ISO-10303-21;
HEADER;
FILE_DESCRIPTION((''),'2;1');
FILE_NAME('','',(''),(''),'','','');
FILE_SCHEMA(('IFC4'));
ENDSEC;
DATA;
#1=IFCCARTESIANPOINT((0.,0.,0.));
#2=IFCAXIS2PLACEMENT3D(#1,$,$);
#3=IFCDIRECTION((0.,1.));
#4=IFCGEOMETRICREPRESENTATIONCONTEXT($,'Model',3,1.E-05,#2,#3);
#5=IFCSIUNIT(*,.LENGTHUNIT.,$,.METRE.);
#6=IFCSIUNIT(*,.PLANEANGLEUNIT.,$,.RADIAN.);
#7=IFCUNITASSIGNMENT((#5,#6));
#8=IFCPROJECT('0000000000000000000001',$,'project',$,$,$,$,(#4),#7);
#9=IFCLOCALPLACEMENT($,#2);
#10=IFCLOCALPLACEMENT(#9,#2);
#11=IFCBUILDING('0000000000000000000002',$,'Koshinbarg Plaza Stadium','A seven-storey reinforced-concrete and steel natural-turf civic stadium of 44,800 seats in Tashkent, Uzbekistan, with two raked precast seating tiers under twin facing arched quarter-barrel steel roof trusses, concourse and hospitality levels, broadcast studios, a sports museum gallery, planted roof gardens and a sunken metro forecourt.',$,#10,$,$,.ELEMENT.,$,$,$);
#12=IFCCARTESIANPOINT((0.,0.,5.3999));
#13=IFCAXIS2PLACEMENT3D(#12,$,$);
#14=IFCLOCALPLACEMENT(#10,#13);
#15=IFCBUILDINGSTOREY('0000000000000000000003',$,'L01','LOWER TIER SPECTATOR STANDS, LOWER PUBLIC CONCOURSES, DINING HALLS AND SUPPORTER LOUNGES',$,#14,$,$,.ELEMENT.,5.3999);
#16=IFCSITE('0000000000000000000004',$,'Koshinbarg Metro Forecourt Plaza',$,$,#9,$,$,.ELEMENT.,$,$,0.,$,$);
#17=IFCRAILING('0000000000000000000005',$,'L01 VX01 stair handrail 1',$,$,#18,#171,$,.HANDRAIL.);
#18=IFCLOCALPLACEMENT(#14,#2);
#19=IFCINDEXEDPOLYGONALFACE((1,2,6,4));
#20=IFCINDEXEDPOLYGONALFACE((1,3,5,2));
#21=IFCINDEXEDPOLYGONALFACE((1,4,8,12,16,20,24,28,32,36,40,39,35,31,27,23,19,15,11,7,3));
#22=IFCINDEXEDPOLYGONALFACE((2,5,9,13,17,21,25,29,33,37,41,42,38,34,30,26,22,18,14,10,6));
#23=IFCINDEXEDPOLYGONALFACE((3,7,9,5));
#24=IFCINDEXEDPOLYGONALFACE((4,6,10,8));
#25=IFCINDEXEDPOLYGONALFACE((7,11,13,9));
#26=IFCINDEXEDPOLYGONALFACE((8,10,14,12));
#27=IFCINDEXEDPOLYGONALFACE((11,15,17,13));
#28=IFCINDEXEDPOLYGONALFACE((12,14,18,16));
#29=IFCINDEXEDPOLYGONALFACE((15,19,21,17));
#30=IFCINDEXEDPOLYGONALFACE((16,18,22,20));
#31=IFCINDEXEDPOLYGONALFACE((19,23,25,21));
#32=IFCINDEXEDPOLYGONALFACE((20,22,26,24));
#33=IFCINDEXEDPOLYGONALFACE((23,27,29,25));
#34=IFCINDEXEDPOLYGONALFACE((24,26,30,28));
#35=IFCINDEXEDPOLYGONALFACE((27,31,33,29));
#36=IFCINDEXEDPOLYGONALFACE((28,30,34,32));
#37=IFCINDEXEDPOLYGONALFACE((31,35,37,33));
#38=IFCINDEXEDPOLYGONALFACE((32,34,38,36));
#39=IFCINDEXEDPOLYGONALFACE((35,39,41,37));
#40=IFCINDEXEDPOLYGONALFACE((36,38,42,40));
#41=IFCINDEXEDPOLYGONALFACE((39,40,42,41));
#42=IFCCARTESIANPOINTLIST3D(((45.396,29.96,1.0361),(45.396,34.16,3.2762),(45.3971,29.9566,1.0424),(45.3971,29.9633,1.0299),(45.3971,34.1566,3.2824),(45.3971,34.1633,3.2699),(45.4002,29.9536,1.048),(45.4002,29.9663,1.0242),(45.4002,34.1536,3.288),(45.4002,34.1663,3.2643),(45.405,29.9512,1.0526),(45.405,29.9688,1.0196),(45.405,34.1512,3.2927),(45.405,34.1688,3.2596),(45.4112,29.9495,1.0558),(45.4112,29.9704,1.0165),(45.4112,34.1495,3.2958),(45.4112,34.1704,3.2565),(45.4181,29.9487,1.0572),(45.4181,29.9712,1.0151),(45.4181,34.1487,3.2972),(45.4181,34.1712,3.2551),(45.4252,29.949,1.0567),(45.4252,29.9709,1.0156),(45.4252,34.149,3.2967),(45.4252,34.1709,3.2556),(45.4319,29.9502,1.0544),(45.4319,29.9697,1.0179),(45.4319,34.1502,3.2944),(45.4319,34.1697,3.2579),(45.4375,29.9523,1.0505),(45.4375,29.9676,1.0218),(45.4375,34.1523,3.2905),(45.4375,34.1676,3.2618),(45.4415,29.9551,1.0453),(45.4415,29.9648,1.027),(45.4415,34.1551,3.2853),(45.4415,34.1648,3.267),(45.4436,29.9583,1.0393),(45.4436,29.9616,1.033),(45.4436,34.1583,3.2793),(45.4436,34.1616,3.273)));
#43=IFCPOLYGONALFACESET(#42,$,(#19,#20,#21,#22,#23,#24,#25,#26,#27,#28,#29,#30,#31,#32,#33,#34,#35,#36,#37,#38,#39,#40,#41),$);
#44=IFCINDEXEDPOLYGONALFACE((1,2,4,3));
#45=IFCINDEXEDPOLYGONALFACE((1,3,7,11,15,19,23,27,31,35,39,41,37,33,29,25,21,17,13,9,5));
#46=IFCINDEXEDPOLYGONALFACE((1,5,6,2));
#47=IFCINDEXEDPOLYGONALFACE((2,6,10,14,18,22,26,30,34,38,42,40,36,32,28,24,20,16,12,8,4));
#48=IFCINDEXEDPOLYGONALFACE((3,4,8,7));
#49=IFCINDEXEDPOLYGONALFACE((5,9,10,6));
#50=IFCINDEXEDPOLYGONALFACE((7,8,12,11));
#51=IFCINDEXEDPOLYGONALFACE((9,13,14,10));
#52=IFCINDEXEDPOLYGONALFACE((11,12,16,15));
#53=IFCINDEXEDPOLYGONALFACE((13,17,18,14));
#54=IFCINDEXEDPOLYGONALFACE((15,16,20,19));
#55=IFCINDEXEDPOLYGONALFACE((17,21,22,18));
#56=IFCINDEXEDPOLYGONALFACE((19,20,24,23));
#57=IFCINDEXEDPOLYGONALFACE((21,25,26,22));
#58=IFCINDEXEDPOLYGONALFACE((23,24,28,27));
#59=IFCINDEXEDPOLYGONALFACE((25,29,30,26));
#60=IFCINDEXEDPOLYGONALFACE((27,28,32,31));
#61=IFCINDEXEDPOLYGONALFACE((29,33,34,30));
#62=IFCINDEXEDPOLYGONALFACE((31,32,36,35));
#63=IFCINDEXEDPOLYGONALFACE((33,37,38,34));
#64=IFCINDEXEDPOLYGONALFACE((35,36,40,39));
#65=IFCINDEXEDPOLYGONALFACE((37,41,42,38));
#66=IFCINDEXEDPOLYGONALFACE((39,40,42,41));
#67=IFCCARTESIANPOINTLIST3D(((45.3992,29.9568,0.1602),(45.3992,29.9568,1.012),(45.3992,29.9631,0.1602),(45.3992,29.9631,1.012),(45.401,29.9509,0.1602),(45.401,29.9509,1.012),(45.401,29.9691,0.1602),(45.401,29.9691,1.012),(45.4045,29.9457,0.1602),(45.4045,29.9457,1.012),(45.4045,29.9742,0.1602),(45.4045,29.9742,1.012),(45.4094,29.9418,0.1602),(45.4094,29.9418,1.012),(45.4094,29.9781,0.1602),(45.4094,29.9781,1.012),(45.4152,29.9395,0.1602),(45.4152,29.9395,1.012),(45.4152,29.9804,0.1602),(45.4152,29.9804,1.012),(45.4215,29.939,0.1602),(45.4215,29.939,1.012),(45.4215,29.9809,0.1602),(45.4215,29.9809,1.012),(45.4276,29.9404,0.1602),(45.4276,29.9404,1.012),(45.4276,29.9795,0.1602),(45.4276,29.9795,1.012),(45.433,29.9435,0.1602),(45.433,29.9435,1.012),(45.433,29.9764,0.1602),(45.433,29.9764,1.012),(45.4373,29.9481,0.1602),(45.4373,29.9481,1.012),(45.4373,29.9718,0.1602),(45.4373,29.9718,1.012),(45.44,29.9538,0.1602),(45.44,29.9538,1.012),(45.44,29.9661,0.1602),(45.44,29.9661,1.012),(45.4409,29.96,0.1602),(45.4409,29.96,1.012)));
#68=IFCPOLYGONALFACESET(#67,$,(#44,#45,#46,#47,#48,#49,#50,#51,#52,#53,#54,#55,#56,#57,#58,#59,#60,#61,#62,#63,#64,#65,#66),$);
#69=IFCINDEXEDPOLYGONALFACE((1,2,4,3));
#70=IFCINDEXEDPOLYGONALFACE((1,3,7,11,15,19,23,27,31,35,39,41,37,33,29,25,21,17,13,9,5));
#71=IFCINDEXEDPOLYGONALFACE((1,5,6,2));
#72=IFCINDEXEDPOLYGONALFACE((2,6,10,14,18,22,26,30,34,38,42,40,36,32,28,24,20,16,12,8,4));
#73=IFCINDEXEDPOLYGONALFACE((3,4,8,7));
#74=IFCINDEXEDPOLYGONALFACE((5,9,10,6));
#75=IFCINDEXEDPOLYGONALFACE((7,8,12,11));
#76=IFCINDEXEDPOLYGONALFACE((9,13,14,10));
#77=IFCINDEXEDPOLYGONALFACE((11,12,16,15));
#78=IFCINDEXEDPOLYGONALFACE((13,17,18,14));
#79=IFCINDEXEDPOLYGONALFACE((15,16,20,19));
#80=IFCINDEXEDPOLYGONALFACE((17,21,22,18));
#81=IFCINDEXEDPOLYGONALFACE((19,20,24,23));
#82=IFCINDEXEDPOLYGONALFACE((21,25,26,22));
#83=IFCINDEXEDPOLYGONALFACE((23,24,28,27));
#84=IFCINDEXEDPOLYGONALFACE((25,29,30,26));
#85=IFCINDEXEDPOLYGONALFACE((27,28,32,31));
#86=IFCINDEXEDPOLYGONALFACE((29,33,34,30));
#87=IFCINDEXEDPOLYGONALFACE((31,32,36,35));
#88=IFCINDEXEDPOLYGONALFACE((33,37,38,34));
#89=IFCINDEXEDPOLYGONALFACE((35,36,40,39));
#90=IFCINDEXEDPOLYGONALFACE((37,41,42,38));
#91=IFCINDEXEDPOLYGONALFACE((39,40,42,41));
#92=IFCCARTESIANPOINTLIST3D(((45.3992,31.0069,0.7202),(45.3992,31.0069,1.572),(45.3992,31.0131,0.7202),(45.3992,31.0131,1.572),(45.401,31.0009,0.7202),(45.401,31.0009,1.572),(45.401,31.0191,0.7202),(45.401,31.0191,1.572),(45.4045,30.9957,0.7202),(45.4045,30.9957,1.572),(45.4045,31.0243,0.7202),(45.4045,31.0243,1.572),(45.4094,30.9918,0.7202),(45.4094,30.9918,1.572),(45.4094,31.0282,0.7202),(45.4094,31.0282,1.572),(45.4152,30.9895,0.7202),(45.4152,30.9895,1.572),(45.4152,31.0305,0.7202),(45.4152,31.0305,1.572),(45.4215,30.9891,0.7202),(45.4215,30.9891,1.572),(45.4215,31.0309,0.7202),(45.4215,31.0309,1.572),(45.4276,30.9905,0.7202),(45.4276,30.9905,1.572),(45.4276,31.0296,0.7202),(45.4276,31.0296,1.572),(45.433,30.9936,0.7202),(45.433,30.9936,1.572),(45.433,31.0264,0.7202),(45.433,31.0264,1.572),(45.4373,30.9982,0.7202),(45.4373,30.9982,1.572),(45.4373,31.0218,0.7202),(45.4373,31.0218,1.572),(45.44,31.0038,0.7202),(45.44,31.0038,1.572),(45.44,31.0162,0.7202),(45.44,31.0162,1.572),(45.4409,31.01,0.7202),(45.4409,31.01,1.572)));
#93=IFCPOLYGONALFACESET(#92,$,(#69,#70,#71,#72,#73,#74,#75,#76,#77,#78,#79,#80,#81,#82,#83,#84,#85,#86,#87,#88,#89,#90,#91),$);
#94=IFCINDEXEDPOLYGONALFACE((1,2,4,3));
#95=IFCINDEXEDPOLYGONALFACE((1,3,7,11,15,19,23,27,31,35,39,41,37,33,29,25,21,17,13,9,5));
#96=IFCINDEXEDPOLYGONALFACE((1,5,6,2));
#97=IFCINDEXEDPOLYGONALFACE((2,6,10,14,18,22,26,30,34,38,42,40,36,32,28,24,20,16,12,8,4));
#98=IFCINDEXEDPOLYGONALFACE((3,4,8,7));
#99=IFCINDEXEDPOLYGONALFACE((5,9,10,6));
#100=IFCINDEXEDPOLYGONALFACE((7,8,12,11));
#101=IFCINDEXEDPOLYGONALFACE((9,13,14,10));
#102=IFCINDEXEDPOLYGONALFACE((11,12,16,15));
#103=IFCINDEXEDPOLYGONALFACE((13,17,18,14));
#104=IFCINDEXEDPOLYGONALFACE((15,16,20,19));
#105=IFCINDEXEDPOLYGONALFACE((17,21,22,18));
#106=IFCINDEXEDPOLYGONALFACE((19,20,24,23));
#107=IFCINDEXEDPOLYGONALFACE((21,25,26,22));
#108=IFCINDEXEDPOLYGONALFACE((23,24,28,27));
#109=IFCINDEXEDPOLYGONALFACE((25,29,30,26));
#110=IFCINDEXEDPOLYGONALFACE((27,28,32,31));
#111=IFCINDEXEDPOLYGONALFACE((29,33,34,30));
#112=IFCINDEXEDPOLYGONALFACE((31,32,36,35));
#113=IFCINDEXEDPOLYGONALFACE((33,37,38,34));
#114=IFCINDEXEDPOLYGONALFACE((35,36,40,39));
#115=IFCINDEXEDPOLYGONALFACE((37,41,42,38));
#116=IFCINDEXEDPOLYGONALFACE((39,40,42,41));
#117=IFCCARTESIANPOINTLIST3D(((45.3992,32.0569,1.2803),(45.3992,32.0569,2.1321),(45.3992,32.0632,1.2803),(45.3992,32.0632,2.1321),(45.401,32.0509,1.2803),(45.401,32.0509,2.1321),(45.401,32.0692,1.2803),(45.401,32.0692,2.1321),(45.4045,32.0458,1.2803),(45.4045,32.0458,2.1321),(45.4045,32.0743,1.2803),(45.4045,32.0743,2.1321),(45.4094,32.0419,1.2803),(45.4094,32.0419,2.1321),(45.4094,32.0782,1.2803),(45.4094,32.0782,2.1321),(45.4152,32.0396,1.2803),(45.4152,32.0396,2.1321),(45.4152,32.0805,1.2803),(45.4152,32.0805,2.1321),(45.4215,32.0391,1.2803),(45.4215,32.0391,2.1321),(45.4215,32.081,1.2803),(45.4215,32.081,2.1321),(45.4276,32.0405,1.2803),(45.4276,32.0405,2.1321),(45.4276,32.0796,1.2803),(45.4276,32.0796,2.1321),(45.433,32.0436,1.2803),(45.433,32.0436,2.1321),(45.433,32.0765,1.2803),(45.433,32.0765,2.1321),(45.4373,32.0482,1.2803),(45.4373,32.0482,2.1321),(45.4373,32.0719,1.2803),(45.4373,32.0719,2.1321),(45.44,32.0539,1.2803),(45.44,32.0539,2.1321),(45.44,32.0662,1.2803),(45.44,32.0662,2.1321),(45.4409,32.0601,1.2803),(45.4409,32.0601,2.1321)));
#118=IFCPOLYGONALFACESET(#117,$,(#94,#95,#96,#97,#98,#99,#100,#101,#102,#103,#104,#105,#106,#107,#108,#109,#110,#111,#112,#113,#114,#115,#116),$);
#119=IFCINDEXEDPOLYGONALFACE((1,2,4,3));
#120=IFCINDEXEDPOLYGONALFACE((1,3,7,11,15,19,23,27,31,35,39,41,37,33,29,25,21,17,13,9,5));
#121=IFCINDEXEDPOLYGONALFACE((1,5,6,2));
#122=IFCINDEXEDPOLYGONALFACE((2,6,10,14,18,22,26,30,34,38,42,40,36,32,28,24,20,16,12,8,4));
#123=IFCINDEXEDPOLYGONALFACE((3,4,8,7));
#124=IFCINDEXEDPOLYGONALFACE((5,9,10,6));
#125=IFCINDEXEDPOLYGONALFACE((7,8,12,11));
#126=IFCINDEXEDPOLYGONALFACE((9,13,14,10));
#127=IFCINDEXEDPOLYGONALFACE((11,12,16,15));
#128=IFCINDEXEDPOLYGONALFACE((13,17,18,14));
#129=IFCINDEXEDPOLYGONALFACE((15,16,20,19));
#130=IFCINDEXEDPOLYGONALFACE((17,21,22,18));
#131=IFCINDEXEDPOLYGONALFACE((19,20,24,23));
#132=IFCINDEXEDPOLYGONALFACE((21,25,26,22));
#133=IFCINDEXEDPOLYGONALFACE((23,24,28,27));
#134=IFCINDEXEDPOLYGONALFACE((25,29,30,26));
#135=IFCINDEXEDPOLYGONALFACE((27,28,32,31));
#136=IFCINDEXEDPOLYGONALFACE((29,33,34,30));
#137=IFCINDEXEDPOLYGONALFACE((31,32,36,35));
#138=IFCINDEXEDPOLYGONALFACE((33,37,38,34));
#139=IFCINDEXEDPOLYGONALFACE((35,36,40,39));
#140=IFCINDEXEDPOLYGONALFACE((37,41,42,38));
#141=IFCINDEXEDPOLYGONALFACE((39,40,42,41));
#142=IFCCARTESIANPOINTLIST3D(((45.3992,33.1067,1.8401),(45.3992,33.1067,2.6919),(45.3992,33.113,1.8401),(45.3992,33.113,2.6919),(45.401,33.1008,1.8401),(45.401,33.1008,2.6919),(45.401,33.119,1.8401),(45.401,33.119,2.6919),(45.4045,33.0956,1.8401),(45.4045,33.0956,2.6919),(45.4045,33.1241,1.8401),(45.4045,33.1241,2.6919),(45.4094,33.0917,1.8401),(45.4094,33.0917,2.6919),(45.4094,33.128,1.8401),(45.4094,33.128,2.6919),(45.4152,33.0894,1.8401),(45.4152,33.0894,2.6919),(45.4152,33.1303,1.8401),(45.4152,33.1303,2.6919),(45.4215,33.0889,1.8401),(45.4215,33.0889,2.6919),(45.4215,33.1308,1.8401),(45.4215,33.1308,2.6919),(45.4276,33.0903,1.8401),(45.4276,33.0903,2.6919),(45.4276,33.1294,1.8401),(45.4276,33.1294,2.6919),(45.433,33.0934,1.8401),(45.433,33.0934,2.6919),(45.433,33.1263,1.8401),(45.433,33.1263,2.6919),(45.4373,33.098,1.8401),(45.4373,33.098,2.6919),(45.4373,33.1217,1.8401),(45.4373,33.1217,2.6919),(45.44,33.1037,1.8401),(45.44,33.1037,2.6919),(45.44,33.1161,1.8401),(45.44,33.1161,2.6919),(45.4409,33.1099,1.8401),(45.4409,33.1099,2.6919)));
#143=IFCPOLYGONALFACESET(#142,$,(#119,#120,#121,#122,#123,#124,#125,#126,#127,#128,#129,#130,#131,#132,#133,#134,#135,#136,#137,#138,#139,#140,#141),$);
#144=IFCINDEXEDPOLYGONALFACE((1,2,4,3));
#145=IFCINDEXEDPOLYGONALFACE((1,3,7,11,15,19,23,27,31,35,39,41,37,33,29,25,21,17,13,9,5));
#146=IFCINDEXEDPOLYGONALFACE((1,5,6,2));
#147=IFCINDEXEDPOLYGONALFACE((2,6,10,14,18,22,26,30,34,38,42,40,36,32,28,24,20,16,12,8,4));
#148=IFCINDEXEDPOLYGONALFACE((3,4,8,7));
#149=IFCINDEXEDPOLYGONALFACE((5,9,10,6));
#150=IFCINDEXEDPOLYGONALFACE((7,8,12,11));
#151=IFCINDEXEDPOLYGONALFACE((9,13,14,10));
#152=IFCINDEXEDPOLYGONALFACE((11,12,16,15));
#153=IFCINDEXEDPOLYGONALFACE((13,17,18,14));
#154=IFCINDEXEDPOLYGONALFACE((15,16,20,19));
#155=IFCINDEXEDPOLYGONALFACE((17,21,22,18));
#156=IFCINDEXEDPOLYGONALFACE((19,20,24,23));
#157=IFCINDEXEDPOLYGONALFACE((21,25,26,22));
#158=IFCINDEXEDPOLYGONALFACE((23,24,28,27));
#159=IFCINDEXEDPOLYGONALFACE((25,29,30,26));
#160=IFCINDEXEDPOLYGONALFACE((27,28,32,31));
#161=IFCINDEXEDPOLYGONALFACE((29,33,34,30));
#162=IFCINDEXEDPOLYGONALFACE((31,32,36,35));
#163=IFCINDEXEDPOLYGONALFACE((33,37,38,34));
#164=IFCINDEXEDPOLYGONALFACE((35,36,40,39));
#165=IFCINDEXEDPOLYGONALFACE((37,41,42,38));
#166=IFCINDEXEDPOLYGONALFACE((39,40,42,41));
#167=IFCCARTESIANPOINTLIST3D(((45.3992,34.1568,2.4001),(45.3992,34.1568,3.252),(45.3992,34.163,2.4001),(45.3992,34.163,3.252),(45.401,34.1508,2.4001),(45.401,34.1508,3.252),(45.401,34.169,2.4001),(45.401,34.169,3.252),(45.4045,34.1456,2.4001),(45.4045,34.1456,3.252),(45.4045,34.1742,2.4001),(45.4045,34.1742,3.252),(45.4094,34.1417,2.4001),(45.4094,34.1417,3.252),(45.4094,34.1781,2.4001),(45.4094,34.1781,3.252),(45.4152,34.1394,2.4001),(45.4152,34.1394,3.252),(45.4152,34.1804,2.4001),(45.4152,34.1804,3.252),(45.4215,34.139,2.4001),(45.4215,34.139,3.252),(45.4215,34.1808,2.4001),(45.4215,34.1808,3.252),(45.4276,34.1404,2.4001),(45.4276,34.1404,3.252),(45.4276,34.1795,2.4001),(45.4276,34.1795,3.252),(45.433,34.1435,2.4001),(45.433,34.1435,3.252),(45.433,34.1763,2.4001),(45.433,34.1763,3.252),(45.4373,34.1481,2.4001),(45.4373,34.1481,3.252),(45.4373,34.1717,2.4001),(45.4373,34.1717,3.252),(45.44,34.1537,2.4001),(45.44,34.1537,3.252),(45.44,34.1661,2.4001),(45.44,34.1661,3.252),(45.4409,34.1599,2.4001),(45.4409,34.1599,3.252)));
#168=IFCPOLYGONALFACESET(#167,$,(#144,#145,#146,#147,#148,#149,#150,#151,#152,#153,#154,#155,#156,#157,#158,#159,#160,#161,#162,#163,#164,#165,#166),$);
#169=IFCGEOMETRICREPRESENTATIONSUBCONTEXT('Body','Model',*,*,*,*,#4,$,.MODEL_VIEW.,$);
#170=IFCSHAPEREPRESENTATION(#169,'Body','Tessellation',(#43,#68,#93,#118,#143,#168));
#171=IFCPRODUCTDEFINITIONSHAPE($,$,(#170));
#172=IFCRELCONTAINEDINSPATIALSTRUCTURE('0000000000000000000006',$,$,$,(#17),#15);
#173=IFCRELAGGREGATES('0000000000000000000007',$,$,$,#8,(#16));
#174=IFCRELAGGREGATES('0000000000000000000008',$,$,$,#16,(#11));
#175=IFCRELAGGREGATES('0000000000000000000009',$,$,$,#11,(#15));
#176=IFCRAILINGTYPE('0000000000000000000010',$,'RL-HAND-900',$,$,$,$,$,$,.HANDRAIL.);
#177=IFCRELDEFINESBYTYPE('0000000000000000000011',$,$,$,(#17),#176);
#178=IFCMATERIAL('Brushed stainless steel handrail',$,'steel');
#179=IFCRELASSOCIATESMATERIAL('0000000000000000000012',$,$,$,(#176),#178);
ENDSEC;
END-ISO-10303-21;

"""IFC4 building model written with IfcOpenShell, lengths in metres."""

from ifc_helpers import new_model, si_unit, direction, frame, origin, origin_2d, place, context, subcontext, project, spatial, circle, extrude, material, type_object, element, save


model = new_model("IFC4")

# Units and contexts
model_context = context("Model", 3, precision=1e-05, world=origin(), true_north=direction((0.0, 1.0)))
body_context = subcontext(model_context, "Body", "Model", "MODEL_VIEW")
ifc_project = project(units=[si_unit("LENGTHUNIT", "METRE"), si_unit("PLANEANGLEUNIT", "RADIAN")], contexts=[model_context])

# Site, building, storey
site_placement = place(None, origin())
site = spatial("IfcSite", under=ifc_project, at=site_placement, Name="Koshinbarg Metro Forecourt Plaza", CompositionType="ELEMENT", RefElevation=0.0)
building_placement = place(site_placement, origin())
building = spatial("IfcBuilding", under=site, at=building_placement, Name="Koshinbarg Plaza Stadium", Description="A seven-storey reinforced-concrete and steel natural-turf civic stadium of 44,800 seats in Tashkent, Uzbekistan, with two raked precast seating tiers under twin facing arched quarter-barrel steel roof trusses, concourse and hospitality levels, broadcast studios, a sports museum gallery, planted roof gardens and a sunken metro forecourt.", CompositionType="ELEMENT")
storey_placement = place(building_placement, frame((0.0, 0.0, 5.3999)))
storey = spatial("IfcBuildingStorey", under=building, at=storey_placement, Name="L01", Description="LOWER TIER SPECTATOR STANDS, LOWER PUBLIC CONCOURSES, DINING HALLS AND SUPPORTER LOUNGES", CompositionType="ELEMENT", Elevation=5.3999)

# Railing
ifc_material_1 = material(Name="Brushed stainless steel handrail", Category="steel")
railing_type_1 = type_object("IfcRailingType", Name="RL-HAND-900", PredefinedType="HANDRAIL", material=ifc_material_1)
for number, where, name in (
    (1, (45.4199, 29.96, 0.1602), "L01 VX01 stair handrail 1"),
):
    element("IfcRailing", number, at=place(storey_placement, frame(where)), inside=storey, type_object=railing_type_1, Name=name, PredefinedType="HANDRAIL", context=body_context, shape_type="SweptSolid", body=[
        extrude(circle(Radius=0.0239, at=origin_2d()), frame((0.0, 0.0, 0.876), z_axis=(0.0, 0.882352, 0.470591), x_axis=(-1.0, 0.0, 0.0)), (0.0, 0.0, 1.0), 4.76),
        extrude(circle(Radius=0.021, at=origin_2d()), origin(), (0.0, 0.0, 1.0), 0.8518),
        extrude(circle(Radius=0.021, at=origin_2d()), frame((0.0, 1.05, 0.5601)), (0.0, 0.0, 1.0), 0.8518),
        extrude(circle(Radius=0.021, at=origin_2d()), frame((0.0, 2.1001, 1.1201)), (0.0, 0.0, 1.0), 0.8518),
        extrude(circle(Radius=0.021, at=origin_2d()), frame((0.0, 3.1499, 1.6799)), (0.0, 0.0, 1.0), 0.8518),
        extrude(circle(Radius=0.021, at=origin_2d()), frame((0.0, 4.2, 2.24)), (0.0, 0.0, 1.0), 0.8518),
    ])

save(model, "model.ifc")
